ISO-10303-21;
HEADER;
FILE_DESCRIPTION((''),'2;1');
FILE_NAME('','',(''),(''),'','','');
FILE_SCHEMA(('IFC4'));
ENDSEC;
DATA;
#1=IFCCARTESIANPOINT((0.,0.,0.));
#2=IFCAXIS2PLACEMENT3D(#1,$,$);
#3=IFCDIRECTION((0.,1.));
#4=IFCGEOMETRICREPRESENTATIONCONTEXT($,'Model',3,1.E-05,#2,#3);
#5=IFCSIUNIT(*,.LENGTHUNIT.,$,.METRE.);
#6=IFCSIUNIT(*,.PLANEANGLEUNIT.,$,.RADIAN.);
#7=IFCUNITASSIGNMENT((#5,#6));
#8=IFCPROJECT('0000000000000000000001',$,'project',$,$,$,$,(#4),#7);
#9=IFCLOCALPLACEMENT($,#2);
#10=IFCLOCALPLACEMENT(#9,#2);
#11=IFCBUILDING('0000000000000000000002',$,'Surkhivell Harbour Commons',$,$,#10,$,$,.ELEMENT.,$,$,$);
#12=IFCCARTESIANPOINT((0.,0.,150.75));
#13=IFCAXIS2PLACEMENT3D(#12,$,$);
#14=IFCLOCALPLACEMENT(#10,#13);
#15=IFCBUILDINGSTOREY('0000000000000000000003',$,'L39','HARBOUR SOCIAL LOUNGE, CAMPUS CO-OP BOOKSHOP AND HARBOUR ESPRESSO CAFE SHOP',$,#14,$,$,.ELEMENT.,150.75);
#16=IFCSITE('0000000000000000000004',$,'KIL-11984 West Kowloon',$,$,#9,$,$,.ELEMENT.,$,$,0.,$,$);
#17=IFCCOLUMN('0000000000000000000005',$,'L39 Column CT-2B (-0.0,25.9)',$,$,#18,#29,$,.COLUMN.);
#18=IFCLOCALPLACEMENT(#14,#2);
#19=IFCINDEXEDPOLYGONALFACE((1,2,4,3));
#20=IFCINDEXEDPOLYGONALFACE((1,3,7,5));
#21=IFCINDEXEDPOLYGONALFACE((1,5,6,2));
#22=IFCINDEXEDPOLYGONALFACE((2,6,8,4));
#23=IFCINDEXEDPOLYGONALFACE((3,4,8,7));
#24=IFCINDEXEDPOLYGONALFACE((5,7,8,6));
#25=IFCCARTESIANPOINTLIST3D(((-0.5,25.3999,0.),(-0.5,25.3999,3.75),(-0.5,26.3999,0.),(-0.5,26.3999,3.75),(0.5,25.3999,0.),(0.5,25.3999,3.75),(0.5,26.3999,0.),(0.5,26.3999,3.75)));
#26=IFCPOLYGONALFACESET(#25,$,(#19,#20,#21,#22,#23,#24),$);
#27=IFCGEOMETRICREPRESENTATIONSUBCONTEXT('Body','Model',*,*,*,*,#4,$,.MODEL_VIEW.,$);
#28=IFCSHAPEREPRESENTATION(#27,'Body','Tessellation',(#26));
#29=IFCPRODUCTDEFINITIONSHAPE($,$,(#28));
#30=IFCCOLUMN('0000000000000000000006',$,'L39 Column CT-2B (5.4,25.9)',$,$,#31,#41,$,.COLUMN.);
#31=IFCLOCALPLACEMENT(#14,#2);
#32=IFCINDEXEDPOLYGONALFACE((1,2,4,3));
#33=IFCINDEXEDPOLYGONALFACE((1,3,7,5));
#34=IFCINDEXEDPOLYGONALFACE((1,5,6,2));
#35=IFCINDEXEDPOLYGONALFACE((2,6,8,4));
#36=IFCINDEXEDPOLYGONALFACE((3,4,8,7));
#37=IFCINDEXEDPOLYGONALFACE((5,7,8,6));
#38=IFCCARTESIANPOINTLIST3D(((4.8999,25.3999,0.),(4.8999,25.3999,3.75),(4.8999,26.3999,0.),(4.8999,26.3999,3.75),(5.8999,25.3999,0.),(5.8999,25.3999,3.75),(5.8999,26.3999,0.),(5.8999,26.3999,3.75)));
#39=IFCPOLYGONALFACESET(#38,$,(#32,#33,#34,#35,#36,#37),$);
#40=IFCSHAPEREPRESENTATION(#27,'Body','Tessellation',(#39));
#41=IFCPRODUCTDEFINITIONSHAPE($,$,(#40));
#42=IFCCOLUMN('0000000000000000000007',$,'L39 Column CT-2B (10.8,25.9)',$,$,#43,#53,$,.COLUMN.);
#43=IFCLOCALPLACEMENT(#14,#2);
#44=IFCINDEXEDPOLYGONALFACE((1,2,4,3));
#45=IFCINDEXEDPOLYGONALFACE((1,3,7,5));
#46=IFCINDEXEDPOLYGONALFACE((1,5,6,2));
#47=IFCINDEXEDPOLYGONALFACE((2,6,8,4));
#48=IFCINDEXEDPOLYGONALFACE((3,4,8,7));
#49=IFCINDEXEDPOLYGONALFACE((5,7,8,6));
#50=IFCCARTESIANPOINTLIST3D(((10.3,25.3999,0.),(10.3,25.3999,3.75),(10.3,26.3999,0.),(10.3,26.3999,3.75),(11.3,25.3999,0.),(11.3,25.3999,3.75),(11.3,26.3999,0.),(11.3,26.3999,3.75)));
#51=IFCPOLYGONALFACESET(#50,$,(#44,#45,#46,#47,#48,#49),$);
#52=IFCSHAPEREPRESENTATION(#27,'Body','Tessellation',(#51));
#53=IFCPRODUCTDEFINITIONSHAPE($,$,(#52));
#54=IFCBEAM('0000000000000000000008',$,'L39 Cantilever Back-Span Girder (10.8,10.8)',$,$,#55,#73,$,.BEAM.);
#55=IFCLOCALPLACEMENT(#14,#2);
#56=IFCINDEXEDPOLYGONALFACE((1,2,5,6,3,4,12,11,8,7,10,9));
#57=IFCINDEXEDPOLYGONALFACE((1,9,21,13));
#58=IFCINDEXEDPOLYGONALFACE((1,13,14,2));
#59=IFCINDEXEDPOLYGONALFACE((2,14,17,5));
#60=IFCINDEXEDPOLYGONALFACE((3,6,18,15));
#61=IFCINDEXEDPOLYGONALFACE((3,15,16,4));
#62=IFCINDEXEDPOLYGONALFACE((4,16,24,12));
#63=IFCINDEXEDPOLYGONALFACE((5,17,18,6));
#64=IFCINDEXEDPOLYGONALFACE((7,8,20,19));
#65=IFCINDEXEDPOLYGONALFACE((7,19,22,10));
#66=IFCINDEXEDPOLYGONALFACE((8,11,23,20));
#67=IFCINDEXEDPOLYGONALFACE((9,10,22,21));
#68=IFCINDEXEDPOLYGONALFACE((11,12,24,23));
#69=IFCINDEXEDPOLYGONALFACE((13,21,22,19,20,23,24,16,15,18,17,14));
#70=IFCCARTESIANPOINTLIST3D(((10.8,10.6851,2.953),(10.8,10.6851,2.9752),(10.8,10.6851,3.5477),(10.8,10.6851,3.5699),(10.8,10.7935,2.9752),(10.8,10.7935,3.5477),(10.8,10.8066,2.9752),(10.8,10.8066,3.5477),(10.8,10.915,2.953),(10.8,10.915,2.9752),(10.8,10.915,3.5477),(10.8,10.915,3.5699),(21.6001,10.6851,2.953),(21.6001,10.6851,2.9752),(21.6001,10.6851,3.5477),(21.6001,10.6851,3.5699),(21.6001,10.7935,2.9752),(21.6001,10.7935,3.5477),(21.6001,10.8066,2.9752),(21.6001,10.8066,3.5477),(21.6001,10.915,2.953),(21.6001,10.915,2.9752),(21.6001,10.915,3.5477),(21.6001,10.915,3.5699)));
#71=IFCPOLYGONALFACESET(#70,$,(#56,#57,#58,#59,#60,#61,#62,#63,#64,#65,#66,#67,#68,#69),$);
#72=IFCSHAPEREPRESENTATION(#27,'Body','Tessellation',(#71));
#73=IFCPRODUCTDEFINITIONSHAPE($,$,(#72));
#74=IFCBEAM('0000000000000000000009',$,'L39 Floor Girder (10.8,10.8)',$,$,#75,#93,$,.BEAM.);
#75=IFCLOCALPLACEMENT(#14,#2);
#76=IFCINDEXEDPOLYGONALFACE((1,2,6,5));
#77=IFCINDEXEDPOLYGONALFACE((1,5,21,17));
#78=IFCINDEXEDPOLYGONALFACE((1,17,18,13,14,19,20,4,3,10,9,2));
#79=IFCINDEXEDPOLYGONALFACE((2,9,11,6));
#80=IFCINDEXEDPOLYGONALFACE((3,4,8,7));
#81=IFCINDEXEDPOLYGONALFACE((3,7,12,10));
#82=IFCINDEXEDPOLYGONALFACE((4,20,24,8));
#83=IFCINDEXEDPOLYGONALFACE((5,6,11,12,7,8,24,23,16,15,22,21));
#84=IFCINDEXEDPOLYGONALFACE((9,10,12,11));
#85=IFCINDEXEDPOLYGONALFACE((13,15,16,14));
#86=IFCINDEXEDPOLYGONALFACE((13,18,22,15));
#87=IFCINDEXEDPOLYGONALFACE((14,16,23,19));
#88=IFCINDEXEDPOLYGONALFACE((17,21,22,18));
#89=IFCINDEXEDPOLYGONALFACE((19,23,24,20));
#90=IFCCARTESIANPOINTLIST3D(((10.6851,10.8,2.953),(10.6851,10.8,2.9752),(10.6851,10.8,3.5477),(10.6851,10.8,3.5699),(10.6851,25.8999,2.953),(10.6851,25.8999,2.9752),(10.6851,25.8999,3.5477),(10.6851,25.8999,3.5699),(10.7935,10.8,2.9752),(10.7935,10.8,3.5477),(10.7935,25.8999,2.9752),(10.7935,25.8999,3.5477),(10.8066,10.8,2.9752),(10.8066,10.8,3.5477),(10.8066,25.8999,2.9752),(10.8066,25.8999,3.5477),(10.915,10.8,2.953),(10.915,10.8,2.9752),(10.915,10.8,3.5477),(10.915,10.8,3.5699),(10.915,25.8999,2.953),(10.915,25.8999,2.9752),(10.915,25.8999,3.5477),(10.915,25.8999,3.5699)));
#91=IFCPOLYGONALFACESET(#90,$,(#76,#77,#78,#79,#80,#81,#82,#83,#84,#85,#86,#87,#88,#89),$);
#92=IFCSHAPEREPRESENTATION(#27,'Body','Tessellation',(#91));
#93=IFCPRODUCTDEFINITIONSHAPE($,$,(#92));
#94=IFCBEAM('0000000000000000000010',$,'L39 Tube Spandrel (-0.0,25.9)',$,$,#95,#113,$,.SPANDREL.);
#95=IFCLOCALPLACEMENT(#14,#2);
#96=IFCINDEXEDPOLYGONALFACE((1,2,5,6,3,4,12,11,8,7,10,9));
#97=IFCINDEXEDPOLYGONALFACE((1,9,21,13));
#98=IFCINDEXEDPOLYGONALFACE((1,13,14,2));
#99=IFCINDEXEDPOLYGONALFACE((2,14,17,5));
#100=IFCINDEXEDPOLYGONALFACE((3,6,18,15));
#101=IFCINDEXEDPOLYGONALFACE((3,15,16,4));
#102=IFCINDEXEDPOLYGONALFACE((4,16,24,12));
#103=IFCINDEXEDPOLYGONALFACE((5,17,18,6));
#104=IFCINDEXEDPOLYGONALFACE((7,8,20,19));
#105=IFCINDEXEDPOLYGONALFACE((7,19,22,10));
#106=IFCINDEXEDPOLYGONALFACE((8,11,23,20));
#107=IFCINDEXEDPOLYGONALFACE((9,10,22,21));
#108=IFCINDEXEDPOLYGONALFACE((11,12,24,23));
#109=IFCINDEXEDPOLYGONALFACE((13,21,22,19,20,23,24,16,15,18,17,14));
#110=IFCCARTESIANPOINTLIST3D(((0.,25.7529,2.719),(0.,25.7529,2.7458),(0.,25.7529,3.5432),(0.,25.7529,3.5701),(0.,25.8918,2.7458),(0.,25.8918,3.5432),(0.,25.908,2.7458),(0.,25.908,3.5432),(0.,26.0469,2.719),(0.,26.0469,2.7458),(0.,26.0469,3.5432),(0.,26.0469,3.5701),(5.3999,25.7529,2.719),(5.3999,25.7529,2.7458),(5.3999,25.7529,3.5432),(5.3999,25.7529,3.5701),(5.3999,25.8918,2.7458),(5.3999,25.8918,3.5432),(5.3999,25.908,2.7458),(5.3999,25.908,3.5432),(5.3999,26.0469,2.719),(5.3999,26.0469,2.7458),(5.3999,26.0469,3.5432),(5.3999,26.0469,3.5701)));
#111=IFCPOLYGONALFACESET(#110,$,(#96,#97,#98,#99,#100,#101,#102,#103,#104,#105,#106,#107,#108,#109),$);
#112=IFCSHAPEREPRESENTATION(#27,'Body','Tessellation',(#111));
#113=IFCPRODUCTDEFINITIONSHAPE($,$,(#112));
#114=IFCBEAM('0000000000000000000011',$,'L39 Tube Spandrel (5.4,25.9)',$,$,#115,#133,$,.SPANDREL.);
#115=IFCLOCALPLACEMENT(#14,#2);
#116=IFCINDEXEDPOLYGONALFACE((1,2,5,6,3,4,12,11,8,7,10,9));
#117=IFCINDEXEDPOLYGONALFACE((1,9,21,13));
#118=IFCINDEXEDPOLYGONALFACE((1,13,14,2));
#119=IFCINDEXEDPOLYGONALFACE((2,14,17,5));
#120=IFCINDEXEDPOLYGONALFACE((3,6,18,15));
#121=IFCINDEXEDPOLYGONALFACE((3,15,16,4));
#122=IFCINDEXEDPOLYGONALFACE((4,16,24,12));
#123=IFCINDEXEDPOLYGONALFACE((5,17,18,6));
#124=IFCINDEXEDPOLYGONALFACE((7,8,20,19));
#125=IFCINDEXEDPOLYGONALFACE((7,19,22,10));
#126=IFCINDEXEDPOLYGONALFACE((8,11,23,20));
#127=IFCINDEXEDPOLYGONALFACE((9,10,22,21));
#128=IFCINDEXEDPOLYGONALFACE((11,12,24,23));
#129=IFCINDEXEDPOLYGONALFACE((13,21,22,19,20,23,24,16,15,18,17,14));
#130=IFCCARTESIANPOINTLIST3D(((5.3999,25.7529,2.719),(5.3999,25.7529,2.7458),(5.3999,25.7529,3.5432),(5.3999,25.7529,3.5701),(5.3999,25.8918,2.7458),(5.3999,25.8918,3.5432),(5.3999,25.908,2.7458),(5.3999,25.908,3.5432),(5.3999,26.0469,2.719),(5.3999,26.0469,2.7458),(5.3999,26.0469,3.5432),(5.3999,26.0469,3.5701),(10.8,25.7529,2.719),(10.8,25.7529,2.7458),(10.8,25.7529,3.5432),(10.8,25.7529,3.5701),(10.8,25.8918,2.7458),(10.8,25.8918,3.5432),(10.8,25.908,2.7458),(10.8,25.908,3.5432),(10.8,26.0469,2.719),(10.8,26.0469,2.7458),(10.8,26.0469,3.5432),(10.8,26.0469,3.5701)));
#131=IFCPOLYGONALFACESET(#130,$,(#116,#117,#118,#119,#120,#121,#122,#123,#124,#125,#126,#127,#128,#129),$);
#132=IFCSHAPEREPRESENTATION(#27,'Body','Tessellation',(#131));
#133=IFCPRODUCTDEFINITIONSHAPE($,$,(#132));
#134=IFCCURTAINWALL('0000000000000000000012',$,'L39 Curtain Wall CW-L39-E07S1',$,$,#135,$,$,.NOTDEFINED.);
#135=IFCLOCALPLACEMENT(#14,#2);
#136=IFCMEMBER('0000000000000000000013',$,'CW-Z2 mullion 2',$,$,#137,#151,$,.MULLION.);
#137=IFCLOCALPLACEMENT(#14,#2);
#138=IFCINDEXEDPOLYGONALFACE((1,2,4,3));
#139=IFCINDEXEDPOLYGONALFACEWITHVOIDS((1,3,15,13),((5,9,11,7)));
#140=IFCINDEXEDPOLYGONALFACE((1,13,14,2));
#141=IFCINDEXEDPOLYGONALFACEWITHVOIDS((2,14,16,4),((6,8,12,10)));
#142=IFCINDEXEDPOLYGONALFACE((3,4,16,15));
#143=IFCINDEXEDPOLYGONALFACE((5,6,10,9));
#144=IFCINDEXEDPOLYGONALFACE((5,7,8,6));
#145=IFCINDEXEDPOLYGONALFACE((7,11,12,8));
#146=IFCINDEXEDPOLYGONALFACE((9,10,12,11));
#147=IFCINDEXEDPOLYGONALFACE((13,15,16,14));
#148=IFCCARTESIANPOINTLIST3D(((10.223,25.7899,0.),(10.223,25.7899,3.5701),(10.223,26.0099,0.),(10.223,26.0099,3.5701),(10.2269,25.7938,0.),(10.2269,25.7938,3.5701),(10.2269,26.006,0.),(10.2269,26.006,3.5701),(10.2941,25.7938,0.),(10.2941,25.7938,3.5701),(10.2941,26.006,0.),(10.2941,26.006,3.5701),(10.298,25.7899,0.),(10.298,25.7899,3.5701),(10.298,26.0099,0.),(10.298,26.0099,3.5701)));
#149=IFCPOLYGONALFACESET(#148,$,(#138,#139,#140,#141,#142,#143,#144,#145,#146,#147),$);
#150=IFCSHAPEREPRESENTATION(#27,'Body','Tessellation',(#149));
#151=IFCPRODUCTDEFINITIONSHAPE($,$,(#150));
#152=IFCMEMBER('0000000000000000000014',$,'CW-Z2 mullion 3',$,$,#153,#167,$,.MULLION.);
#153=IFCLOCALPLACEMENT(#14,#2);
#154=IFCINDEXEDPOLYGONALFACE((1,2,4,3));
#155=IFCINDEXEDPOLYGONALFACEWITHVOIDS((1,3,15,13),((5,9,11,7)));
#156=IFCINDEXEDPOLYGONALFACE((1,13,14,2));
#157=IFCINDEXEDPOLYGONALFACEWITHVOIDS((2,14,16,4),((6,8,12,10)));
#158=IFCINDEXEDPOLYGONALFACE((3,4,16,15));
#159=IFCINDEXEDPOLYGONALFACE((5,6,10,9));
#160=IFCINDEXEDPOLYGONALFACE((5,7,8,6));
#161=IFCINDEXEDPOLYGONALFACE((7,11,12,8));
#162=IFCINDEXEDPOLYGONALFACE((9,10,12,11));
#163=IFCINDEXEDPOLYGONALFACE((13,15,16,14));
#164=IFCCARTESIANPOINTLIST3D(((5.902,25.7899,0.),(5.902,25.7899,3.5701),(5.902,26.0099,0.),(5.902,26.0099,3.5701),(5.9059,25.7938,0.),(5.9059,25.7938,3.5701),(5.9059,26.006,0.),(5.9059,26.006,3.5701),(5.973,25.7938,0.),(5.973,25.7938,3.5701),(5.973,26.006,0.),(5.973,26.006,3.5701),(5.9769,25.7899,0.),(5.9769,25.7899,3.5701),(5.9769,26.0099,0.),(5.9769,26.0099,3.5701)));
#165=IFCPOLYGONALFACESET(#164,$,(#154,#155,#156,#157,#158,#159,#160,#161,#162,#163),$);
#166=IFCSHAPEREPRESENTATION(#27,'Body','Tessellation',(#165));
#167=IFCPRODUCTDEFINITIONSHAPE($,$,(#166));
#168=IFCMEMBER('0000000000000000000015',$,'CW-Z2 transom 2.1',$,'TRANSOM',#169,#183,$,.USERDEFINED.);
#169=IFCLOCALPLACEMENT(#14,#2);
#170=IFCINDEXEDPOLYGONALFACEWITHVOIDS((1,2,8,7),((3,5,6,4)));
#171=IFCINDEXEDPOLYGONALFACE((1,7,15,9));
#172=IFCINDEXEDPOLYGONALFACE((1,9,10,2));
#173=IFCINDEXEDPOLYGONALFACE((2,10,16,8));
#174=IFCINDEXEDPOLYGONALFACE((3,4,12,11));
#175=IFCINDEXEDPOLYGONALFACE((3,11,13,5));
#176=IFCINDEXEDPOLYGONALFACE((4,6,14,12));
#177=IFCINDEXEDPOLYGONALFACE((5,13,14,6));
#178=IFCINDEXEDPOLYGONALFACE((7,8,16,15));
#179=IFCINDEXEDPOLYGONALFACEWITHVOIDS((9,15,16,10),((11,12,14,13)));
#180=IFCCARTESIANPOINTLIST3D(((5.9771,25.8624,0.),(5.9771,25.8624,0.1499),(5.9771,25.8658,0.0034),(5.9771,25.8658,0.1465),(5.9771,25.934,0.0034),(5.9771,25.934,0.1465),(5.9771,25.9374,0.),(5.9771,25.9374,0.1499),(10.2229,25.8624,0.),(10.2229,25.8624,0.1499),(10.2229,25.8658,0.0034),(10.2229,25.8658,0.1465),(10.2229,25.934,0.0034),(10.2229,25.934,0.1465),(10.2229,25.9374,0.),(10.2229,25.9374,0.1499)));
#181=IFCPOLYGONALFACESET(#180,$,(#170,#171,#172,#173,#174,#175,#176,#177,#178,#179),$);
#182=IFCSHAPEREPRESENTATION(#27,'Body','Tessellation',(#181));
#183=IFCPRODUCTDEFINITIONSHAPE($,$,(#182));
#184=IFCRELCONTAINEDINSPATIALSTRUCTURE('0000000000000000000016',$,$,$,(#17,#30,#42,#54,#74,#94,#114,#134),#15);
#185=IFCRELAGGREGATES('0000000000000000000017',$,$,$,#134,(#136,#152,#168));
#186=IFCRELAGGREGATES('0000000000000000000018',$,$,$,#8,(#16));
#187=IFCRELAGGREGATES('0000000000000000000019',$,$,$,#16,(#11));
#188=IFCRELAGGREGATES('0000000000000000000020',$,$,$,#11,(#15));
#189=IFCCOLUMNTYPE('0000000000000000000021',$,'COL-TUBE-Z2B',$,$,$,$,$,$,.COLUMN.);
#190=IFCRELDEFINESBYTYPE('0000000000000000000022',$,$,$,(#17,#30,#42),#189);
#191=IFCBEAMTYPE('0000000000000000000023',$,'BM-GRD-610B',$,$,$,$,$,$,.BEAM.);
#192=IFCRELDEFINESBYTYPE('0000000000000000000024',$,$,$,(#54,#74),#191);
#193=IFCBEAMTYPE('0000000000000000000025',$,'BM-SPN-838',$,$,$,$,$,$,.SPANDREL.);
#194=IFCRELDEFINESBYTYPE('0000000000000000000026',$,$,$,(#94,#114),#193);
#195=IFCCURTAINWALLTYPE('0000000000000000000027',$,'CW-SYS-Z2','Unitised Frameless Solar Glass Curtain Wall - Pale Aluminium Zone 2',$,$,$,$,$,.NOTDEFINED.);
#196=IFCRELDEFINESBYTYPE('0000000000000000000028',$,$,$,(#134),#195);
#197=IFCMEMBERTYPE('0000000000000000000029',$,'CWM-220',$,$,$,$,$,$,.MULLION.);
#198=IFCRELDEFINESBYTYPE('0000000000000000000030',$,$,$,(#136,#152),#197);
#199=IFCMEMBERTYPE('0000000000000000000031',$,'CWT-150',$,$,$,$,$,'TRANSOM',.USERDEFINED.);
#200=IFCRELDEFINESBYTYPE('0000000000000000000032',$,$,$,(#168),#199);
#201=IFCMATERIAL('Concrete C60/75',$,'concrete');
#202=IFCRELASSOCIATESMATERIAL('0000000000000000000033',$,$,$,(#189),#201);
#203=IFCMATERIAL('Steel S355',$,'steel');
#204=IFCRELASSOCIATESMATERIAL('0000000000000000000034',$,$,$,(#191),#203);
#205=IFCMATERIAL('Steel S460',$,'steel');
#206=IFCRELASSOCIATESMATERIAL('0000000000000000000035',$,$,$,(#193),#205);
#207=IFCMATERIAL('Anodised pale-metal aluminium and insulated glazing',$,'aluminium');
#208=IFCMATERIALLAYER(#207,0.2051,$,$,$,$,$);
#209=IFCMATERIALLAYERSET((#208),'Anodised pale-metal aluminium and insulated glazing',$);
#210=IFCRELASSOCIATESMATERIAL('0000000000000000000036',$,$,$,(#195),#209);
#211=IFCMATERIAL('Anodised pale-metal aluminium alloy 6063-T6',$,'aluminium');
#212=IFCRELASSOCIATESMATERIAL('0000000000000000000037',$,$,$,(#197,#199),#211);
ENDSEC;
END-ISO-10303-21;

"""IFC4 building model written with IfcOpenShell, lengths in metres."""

from ifc_helpers import new_model, si_unit, direction, frame, origin, origin_2d, place, context, subcontext, project, spatial, rectangle, hollow_rectangle, i_section, extrude, material, layer, layer_set, material_profile, profile_set, type_object, element, aggregate, save


model = new_model("IFC4")

# Units and contexts
model_context = context("Model", 3, precision=1e-05, world=origin(), true_north=direction((0.0, 1.0)))
body_context = subcontext(model_context, "Body", "Model", "MODEL_VIEW")
ifc_project = project(units=[si_unit("LENGTHUNIT", "METRE"), si_unit("PLANEANGLEUNIT", "RADIAN")], contexts=[model_context])

# Site, building, storey
site_placement = place(None, origin())
site = spatial("IfcSite", under=ifc_project, at=site_placement, Name="KIL-11984 West Kowloon", CompositionType="ELEMENT", RefElevation=0.0)
building_placement = place(site_placement, origin())
building = spatial("IfcBuilding", under=site, at=building_placement, Name="Surkhivell Harbour Commons", CompositionType="ELEMENT")
storey_placement = place(building_placement, frame((0.0, 0.0, 150.75)))
storey = spatial("IfcBuildingStorey", under=building, at=storey_placement, Name="L39", Description="HARBOUR SOCIAL LOUNGE, CAMPUS CO-OP BOOKSHOP AND HARBOUR ESPRESSO CAFE SHOP", CompositionType="ELEMENT", Elevation=150.75)

# Columns
ifc_material_1 = material(Name="Concrete C60/75", Category="concrete")
ifc_material_profile_1 = material_profile(ifc_material_1, rectangle(XDim=1.0, YDim=1.0, at=origin_2d()), Name="RC-COL-1000x1000")
ifc_profile_set_1 = profile_set([ifc_material_profile_1], Name="Concrete C60/75")
column_type = type_object("IfcColumnType", Name="COL-TUBE-Z2B", PredefinedType="COLUMN", material=ifc_profile_set_1)
for number, where, z_axis, x_axis, name in (
    (1, (0.0, 25.8999, 0.0), (0.0, 0.0, 1.0), (1.0, 0.0, 0.0), "L39 Column CT-2B (-0.0,25.9)"),
    (2, (5.3999, 25.8999, 0.0), (0.0, 0.0, 1.0), (1.0, 0.0, 0.0), "L39 Column CT-2B (5.4,25.9)"),
    (3, (10.8, 25.8999, 0.0), (0.0, 0.0, 1.0), (1.0, 0.0, 0.0), "L39 Column CT-2B (10.8,25.9)"),
):
    element("IfcColumn", number, at=place(storey_placement, frame(where, z_axis=z_axis, x_axis=x_axis)), inside=storey, type_object=column_type, Name=name, PredefinedType="COLUMN", context=body_context, shape_type="SweptSolid", body=[
        extrude(rectangle(XDim=1.0, YDim=1.0, at=origin_2d()), origin(), (0.0, 0.0, 1.0), 3.75),
    ])

# Beams
ifc_material_2 = material(Name="Steel S355", Category="steel")
ifc_material_profile_2 = material_profile(ifc_material_2, i_section(OverallWidth=0.23, OverallDepth=0.6169, WebThickness=0.0132, FlangeThickness=0.0222, at=origin_2d()), Name="UB610x229x140")
ifc_profile_set_2 = profile_set([ifc_material_profile_2], Name="Steel S355")
beam_type_1 = type_object("IfcBeamType", Name="BM-GRD-610B", PredefinedType="BEAM", material=ifc_profile_set_2)
beam_1_placement = place(storey_placement, frame((10.8, 10.8, 3.2615), z_axis=(1.0, 0.0, 0.0), x_axis=(0.0, 1.0, 0.0)))
element("IfcBeam", 4, at=beam_1_placement, inside=storey, type_object=beam_type_1, Name="L39 Cantilever Back-Span Girder (10.8,10.8)", PredefinedType="BEAM", context=body_context, shape_type="SweptSolid", body=[
    extrude(i_section(OverallWidth=0.23, OverallDepth=0.6169, WebThickness=0.0132, FlangeThickness=0.0222, at=origin_2d()), origin(), (0.0, 0.0, 1.0), 10.8),
])
beam_2_placement = place(storey_placement, frame((10.8, 10.8, 3.2615), z_axis=(0.0, 1.0, 0.0), x_axis=(-1.0, 0.0, 0.0)))
element("IfcBeam", 5, at=beam_2_placement, inside=storey, type_object=beam_type_1, Name="L39 Floor Girder (10.8,10.8)", PredefinedType="BEAM", context=body_context, shape_type="SweptSolid", body=[
    extrude(i_section(OverallWidth=0.23, OverallDepth=0.6169, WebThickness=0.0132, FlangeThickness=0.0222, at=origin_2d()), origin(), (0.0, 0.0, 1.0), 15.0999),
])
ifc_material_3 = material(Name="Steel S460", Category="steel")
ifc_material_profile_3 = material_profile(ifc_material_3, i_section(OverallWidth=0.2939, OverallDepth=0.8511, WebThickness=0.0161, FlangeThickness=0.0269, at=origin_2d()), Name="UB838x292x226")
ifc_profile_set_3 = profile_set([ifc_material_profile_3], Name="Steel S460")
beam_type_2 = type_object("IfcBeamType", Name="BM-SPN-838", PredefinedType="SPANDREL", material=ifc_profile_set_3)
beam_3_placement = place(storey_placement, frame((0.0, 25.8999, 3.1445), z_axis=(1.0, 0.0, 0.0), x_axis=(0.0, 1.0, 0.0)))
element("IfcBeam", 6, at=beam_3_placement, inside=storey, type_object=beam_type_2, Name="L39 Tube Spandrel (-0.0,25.9)", PredefinedType="SPANDREL", context=body_context, shape_type="SweptSolid", body=[
    extrude(i_section(OverallWidth=0.2939, OverallDepth=0.8511, WebThickness=0.0161, FlangeThickness=0.0269, at=origin_2d()), origin(), (0.0, 0.0, 1.0), 5.3999),
])
beam_4_placement = place(storey_placement, frame((5.3999, 25.8999, 3.1445), z_axis=(1.0, 0.0, 0.0), x_axis=(0.0, 1.0, 0.0)))
element("IfcBeam", 7, at=beam_4_placement, inside=storey, type_object=beam_type_2, Name="L39 Tube Spandrel (5.4,25.9)", PredefinedType="SPANDREL", context=body_context, shape_type="SweptSolid", body=[
    extrude(i_section(OverallWidth=0.2939, OverallDepth=0.8511, WebThickness=0.0161, FlangeThickness=0.0269, at=origin_2d()), origin(), (0.0, 0.0, 1.0), 5.4001),
])

# Curtain wall, members
ifc_material_4 = material(Name="Anodised pale-metal aluminium and insulated glazing", Category="aluminium")
ifc_layer_1 = layer(ifc_material_4, 0.2051)
ifc_layer_set_1 = layer_set([ifc_layer_1], Name="Anodised pale-metal aluminium and insulated glazing")
curtain_wall_type = type_object("IfcCurtainWallType", Name="CW-SYS-Z2", Description="Unitised Frameless Solar Glass Curtain Wall - Pale Aluminium Zone 2", PredefinedType="NOTDEFINED", material=ifc_layer_set_1)
curtain_wall_placement = place(storey_placement, origin())
curtain_wall = element("IfcCurtainWall", 8, at=curtain_wall_placement, inside=storey, type_object=curtain_wall_type, Name="L39 Curtain Wall CW-L39-E07S1", PredefinedType="NOTDEFINED")
ifc_material_5 = material(Name="Anodised pale-metal aluminium alloy 6063-T6", Category="aluminium")
ifc_material_profile_4 = material_profile(ifc_material_5, hollow_rectangle(XDim=0.075, YDim=0.22, WallThickness=0.0039, at=origin_2d()), Name="ALU-MULL-75x220")
ifc_profile_set_4 = profile_set([ifc_material_profile_4], Name="Anodised pale-metal aluminium alloy 6063-T6")
member_type_1 = type_object("IfcMemberType", Name="CWM-220", PredefinedType="MULLION", material=ifc_profile_set_4)
member_1_placement = place(storey_placement, frame((10.2605, 25.8999, 0.0), z_axis=(0.0, 0.0, 1.0), x_axis=(-1.0, 0.0, 0.0)))
member_1 = element("IfcMember", 9, at=member_1_placement, type_object=member_type_1, Name="CW-Z2 mullion 2", PredefinedType="MULLION", context=body_context, shape_type="SweptSolid", body=[
    extrude(hollow_rectangle(XDim=0.075, YDim=0.22, WallThickness=0.0039, at=origin_2d()), origin(), (0.0, 0.0, 1.0), 3.5701),
])
member_2_placement = place(storey_placement, frame((5.9395, 25.8999, 0.0), z_axis=(0.0, 0.0, 1.0), x_axis=(-1.0, 0.0, 0.0)))
member_2 = element("IfcMember", 10, at=member_2_placement, type_object=member_type_1, Name="CW-Z2 mullion 3", PredefinedType="MULLION", context=body_context, shape_type="SweptSolid", body=[
    extrude(hollow_rectangle(XDim=0.075, YDim=0.22, WallThickness=0.0039, at=origin_2d()), origin(), (0.0, 0.0, 1.0), 3.5701),
])
ifc_material_profile_5 = material_profile(ifc_material_5, hollow_rectangle(XDim=0.075, YDim=0.1499, WallThickness=0.0034, at=origin_2d()), Name="ALU-TRAN-75x150")
ifc_profile_set_5 = profile_set([ifc_material_profile_5], Name="Anodised pale-metal aluminium alloy 6063-T6")
member_type_2 = type_object("IfcMemberType", Name="CWT-150", ElementType="TRANSOM", PredefinedType="USERDEFINED", material=ifc_profile_set_5)
member_3_placement = place(storey_placement, frame((10.2229, 25.8999, 0.075), z_axis=(-1.0, 0.0, 0.0), x_axis=(0.0, -1.0, 0.0)))
member_3 = element("IfcMember", 11, at=member_3_placement, type_object=member_type_2, Name="CW-Z2 transom 2.1", ObjectType="TRANSOM", PredefinedType="USERDEFINED", context=body_context, shape_type="SweptSolid", body=[
    extrude(hollow_rectangle(XDim=0.075, YDim=0.1499, WallThickness=0.0034, at=origin_2d()), origin(), (0.0, 0.0, 1.0), 4.2458),
])

aggregate(curtain_wall, [member_1, member_2, member_3])

save(model, "model.ifc")
